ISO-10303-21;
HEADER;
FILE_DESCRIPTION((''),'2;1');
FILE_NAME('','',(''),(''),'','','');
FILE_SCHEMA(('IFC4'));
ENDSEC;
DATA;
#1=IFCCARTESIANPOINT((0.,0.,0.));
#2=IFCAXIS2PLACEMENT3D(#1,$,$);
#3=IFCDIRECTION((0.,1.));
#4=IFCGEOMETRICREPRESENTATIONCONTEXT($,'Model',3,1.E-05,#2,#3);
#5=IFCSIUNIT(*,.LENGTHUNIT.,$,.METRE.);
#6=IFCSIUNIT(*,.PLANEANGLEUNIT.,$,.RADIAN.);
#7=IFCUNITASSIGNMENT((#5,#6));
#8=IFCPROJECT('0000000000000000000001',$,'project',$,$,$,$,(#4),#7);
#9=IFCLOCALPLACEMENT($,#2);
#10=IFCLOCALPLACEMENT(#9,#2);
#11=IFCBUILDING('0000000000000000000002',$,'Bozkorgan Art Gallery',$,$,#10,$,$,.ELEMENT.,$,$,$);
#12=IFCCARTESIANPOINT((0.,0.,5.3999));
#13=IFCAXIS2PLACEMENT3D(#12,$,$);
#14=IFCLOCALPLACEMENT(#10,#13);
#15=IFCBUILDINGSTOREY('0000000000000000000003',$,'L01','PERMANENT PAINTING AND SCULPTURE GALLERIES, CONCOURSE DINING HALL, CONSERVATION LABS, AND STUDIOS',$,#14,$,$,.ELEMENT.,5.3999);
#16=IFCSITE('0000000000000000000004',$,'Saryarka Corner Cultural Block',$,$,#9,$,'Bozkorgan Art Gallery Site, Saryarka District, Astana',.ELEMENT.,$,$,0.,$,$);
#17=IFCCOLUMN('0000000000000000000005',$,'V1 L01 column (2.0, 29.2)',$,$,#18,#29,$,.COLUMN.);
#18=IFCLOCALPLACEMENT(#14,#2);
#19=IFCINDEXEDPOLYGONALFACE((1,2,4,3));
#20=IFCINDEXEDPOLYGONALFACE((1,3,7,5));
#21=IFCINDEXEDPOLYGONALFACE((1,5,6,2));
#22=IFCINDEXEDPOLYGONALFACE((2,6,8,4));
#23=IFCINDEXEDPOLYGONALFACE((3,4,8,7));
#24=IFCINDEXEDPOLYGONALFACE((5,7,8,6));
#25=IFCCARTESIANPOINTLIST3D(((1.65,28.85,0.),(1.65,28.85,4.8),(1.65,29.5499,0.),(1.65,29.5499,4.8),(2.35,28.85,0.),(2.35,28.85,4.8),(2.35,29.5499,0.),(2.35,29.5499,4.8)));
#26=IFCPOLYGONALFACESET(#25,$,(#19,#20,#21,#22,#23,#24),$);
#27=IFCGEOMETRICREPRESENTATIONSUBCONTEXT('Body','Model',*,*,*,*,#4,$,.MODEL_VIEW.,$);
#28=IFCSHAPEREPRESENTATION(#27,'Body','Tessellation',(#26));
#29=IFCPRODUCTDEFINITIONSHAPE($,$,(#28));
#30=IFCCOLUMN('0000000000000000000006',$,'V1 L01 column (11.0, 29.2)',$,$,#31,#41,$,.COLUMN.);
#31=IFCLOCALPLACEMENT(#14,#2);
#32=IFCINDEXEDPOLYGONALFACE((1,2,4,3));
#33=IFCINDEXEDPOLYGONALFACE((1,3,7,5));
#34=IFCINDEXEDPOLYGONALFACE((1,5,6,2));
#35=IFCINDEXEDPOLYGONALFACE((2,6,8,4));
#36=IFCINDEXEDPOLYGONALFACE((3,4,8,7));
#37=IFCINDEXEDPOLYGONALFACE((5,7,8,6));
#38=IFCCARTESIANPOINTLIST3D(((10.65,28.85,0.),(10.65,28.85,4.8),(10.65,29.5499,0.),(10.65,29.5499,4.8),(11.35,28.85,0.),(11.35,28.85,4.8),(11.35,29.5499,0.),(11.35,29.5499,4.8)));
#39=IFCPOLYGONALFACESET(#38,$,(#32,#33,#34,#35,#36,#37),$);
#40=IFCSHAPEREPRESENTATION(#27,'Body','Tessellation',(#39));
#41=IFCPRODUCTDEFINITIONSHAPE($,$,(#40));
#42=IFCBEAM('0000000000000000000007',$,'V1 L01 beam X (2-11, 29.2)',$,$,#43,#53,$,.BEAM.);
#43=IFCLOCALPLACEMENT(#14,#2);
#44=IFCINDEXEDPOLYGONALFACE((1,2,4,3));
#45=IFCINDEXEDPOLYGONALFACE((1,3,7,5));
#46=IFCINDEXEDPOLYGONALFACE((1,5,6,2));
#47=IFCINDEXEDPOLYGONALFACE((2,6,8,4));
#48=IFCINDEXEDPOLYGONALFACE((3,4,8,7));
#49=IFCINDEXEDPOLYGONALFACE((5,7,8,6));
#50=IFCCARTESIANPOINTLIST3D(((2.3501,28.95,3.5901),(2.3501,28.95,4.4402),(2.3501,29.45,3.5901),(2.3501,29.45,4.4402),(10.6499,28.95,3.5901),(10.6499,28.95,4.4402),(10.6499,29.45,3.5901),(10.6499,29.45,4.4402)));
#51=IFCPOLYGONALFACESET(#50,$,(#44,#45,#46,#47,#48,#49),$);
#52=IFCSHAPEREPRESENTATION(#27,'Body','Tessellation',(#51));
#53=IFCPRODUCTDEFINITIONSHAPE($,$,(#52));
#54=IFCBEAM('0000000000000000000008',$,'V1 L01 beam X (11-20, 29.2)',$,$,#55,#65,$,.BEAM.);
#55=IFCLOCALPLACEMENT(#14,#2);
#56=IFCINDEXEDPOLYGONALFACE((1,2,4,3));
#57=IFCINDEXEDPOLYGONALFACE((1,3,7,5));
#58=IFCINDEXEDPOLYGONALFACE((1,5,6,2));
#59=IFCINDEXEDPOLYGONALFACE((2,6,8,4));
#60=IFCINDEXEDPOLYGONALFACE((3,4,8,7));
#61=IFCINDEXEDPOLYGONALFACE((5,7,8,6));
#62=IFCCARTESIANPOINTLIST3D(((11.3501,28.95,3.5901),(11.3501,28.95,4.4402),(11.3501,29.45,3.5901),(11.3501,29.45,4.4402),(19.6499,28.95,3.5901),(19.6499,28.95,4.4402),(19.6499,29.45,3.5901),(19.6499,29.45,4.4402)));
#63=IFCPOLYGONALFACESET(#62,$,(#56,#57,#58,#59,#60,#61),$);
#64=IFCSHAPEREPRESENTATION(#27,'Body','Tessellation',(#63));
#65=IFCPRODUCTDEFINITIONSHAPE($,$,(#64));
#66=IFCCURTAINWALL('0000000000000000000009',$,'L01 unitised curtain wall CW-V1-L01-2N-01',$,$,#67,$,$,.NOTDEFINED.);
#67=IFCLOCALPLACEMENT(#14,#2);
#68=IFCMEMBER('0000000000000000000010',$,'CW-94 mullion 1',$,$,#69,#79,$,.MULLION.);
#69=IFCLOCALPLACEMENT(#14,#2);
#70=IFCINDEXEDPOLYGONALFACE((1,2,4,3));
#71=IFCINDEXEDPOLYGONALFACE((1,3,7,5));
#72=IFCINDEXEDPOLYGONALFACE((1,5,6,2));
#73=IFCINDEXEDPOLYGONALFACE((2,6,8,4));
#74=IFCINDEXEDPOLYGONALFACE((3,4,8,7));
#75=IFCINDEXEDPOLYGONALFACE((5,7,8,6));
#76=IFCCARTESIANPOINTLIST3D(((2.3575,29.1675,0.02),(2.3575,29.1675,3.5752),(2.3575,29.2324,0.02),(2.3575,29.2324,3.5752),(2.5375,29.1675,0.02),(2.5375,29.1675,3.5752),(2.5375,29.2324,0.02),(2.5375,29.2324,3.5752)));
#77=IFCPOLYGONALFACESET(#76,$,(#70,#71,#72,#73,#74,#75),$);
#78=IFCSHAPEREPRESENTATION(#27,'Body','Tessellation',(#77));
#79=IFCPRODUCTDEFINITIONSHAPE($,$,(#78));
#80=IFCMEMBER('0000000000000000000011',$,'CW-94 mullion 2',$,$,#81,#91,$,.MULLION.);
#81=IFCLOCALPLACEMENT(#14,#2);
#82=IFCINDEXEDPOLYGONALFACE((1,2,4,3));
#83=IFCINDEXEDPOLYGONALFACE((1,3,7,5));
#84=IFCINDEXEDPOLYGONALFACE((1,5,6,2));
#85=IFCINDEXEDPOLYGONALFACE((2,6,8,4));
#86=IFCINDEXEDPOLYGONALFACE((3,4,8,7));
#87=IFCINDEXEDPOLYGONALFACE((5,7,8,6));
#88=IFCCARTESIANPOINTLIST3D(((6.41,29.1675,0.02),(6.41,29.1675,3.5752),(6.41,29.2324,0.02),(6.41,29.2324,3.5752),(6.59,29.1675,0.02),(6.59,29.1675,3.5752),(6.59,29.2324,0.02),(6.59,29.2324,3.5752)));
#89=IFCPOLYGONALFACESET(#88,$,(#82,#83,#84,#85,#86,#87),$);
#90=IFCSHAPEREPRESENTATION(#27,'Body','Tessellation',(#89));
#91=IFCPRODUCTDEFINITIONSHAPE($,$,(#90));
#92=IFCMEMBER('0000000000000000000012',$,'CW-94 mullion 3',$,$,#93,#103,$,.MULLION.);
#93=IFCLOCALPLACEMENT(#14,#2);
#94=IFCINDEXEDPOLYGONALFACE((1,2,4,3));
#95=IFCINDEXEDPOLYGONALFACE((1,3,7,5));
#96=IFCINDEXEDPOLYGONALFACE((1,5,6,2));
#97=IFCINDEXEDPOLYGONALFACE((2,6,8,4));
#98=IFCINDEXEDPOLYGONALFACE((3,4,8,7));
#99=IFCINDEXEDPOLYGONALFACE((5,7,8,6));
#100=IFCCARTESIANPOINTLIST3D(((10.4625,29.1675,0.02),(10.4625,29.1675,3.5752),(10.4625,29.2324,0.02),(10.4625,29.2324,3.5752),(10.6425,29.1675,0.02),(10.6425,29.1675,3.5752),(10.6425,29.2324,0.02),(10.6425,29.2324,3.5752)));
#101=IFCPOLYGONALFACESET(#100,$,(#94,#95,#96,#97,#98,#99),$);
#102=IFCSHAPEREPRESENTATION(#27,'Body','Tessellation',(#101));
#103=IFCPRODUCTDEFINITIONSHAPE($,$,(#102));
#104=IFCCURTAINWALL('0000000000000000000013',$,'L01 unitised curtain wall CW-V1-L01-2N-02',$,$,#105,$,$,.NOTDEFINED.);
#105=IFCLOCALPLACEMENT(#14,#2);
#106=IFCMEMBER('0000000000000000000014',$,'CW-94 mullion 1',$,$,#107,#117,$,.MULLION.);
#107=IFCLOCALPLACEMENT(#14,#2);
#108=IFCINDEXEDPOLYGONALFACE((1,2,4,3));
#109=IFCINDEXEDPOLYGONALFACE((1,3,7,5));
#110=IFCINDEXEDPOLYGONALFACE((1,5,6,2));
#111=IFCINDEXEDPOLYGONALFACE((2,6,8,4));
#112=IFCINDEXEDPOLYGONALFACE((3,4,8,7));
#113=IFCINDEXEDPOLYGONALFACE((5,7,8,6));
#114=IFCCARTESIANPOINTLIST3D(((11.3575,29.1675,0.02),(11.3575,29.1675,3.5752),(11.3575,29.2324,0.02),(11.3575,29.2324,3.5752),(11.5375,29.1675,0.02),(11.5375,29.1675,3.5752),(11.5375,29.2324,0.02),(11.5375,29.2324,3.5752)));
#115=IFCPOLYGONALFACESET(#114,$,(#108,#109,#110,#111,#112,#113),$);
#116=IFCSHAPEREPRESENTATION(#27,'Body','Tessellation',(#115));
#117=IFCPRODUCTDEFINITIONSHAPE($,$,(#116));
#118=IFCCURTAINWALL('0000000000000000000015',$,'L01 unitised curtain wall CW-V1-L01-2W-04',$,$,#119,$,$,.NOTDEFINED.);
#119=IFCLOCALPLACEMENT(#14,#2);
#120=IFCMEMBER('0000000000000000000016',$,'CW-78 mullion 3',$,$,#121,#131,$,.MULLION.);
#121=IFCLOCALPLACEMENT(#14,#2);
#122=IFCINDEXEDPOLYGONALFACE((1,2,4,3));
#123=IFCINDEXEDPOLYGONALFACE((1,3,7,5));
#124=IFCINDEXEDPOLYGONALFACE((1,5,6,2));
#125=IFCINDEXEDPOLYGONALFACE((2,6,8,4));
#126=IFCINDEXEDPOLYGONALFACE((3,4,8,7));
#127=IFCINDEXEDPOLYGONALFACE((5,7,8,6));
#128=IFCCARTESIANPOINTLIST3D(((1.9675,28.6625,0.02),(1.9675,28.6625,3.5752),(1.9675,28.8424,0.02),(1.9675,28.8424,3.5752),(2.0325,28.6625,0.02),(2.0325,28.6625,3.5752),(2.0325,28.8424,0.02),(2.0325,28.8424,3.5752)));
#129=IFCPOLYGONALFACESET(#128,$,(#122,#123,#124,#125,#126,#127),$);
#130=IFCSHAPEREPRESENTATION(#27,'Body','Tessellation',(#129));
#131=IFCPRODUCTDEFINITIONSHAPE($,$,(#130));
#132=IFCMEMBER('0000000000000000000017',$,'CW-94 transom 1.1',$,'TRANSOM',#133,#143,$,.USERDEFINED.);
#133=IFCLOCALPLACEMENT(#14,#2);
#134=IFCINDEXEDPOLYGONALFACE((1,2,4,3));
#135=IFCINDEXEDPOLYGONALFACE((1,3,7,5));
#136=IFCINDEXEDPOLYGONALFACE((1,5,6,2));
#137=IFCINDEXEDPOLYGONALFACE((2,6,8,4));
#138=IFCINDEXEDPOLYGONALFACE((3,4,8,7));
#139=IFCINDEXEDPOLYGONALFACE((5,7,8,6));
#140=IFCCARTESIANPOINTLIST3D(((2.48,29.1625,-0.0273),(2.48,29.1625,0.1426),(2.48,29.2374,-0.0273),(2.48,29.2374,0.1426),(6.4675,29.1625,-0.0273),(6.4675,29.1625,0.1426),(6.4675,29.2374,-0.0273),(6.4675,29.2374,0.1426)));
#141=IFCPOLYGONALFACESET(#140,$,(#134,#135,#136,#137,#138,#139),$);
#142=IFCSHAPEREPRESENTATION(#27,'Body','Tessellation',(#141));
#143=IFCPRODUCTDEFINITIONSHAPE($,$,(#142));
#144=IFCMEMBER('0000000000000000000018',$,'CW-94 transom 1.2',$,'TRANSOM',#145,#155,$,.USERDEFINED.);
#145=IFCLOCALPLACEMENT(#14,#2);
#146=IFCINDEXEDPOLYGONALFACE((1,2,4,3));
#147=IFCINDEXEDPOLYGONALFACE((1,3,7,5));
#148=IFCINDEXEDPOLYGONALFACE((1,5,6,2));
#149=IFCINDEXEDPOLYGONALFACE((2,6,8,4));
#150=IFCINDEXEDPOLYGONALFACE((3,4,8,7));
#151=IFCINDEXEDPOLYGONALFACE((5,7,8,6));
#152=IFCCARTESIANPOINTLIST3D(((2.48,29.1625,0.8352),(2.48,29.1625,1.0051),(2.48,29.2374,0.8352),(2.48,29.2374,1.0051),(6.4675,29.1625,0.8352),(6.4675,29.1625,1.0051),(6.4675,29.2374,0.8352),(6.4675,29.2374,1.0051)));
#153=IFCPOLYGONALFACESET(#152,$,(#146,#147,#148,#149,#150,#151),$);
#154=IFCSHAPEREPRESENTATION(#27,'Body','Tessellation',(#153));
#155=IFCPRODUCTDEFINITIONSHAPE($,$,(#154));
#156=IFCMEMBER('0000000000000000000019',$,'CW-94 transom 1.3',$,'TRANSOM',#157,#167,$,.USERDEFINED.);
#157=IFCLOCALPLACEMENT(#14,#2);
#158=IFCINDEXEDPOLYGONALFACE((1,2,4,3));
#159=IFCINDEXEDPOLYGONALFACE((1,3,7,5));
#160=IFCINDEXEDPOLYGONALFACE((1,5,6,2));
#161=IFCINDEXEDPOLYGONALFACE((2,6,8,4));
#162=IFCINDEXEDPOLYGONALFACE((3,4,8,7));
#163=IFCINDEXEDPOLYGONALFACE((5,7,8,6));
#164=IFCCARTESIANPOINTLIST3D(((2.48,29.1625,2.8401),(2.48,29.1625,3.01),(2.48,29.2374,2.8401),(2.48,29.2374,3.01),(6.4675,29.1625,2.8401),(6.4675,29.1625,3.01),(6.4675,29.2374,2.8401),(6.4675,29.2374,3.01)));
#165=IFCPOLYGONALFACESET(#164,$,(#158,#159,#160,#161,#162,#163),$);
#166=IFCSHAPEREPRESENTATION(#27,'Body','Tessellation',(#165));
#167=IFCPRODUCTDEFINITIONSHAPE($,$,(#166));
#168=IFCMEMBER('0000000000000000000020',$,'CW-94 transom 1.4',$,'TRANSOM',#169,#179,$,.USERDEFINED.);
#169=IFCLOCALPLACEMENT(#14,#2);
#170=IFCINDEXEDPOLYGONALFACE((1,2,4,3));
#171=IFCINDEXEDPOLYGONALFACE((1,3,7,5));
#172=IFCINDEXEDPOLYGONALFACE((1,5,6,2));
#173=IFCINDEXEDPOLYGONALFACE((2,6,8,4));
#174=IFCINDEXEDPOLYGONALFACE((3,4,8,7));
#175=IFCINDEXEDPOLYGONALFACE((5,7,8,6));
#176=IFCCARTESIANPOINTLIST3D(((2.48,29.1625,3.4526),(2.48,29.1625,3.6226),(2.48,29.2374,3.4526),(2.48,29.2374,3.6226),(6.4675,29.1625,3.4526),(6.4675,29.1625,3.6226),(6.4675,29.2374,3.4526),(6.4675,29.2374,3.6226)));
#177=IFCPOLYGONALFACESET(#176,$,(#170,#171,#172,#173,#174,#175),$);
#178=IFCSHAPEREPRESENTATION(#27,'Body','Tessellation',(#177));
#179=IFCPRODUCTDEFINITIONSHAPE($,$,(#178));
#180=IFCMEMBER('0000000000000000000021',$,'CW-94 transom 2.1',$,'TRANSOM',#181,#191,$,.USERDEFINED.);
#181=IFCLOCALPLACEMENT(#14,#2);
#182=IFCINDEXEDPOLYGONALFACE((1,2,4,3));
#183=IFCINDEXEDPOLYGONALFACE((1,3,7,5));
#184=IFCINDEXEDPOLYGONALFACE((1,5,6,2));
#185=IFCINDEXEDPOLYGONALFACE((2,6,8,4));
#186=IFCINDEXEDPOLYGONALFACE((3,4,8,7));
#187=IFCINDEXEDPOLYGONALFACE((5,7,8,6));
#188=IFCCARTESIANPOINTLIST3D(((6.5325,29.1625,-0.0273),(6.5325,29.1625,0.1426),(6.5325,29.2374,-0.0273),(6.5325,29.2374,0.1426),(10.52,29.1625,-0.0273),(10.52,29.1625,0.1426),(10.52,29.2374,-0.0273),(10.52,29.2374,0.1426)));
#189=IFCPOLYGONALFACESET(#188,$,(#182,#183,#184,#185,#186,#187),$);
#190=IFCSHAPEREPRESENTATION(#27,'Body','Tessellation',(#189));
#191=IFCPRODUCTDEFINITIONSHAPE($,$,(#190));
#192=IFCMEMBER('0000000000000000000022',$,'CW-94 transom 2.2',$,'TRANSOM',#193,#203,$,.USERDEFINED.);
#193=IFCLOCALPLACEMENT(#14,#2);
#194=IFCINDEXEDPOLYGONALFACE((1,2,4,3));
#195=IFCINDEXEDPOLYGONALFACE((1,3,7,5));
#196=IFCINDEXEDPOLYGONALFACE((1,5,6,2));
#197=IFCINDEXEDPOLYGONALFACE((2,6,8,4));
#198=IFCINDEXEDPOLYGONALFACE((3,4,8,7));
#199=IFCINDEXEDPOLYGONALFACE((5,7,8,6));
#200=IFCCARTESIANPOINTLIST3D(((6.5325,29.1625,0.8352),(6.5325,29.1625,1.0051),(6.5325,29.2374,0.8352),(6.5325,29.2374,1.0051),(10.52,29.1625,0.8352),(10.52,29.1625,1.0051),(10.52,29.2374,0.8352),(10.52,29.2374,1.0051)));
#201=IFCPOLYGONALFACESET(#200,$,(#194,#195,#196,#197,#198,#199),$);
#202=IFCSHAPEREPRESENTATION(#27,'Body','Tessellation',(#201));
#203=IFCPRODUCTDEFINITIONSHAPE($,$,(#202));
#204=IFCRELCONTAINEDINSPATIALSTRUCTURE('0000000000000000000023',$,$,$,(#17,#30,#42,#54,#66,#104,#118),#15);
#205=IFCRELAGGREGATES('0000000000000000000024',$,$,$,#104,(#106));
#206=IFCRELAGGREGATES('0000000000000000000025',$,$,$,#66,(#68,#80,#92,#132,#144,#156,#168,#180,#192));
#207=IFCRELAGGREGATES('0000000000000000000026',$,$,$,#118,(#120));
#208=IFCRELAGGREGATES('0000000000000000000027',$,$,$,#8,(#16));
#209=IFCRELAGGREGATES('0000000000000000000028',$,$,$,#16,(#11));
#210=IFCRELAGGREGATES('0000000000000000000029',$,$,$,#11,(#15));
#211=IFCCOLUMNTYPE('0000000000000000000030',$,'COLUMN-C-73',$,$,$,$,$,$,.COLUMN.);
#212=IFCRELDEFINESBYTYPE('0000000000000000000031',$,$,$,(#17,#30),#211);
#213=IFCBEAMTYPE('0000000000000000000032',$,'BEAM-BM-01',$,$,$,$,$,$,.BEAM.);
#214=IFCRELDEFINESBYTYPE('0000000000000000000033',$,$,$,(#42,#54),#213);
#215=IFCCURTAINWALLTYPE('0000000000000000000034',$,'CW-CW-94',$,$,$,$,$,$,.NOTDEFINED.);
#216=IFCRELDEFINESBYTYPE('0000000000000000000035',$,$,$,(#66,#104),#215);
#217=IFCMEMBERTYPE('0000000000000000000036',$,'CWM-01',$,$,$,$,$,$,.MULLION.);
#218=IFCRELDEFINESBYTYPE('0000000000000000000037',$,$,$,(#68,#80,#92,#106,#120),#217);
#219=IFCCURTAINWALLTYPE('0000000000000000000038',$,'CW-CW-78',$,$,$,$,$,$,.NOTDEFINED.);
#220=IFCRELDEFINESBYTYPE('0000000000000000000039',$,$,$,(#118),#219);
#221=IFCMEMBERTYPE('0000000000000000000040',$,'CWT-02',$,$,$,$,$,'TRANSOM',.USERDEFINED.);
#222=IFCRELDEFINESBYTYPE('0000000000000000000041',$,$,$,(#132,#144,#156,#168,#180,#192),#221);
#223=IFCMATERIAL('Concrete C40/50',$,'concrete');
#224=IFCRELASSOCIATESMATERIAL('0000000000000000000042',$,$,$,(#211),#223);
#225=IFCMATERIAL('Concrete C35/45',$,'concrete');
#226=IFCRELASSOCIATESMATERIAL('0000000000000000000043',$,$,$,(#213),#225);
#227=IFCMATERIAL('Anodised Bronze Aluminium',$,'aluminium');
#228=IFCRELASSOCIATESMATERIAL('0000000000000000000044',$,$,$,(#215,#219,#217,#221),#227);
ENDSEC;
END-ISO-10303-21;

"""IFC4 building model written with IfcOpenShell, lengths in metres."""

from ifc_helpers import new_model, si_unit, direction, frame, origin, origin_2d, place, context, subcontext, project, spatial, rectangle, extrude, material, material_profile, profile_set, type_object, element, aggregate, save


model = new_model("IFC4")

# Units and contexts
model_context = context("Model", 3, precision=1e-05, world=origin(), true_north=direction((0.0, 1.0)))
body_context = subcontext(model_context, "Body", "Model", "MODEL_VIEW")
ifc_project = project(units=[si_unit("LENGTHUNIT", "METRE"), si_unit("PLANEANGLEUNIT", "RADIAN")], contexts=[model_context])

# Site, building, storey
site_placement = place(None, origin())
site = spatial("IfcSite", under=ifc_project, at=site_placement, Name="Saryarka Corner Cultural Block", LongName="Bozkorgan Art Gallery Site, Saryarka District, Astana", CompositionType="ELEMENT", RefElevation=0.0)
building_placement = place(site_placement, origin())
building = spatial("IfcBuilding", under=site, at=building_placement, Name="Bozkorgan Art Gallery", CompositionType="ELEMENT")
storey_placement = place(building_placement, frame((0.0, 0.0, 5.3999)))
storey = spatial("IfcBuildingStorey", under=building, at=storey_placement, Name="L01", Description="PERMANENT PAINTING AND SCULPTURE GALLERIES, CONCOURSE DINING HALL, CONSERVATION LABS, AND STUDIOS", CompositionType="ELEMENT", Elevation=5.3999)

# Columns
ifc_material_1 = material(Name="Concrete C40/50", Category="concrete")
ifc_material_profile_1 = material_profile(ifc_material_1, rectangle(XDim=0.7, YDim=0.7, at=origin_2d()), Name="RC 700x700")
ifc_profile_set_1 = profile_set([ifc_material_profile_1], Name="Concrete C40/50")
column_type = type_object("IfcColumnType", Name="COLUMN-C-73", PredefinedType="COLUMN", material=ifc_profile_set_1)
for number, where, z_axis, x_axis, name in (
    (1, (2.0, 29.2, 0.0), (0.0, 0.0, 1.0), (1.0, 0.0, 0.0), "V1 L01 column (2.0, 29.2)"),
    (2, (11.0, 29.2, 0.0), (0.0, 0.0, 1.0), (1.0, 0.0, 0.0), "V1 L01 column (11.0, 29.2)"),
):
    element("IfcColumn", number, at=place(storey_placement, frame(where, z_axis=z_axis, x_axis=x_axis)), inside=storey, type_object=column_type, Name=name, PredefinedType="COLUMN", context=body_context, shape_type="SweptSolid", body=[
        extrude(rectangle(XDim=0.7, YDim=0.7, at=origin_2d()), origin(), (0.0, 0.0, 1.0), 4.8),
    ])

# Beams
ifc_material_2 = material(Name="Concrete C35/45", Category="concrete")
ifc_material_profile_2 = material_profile(ifc_material_2, rectangle(XDim=0.5, YDim=0.8501, at=origin_2d()), Name="RC 500x850")
ifc_profile_set_2 = profile_set([ifc_material_profile_2], Name="Concrete C35/45")
beam_type = type_object("IfcBeamType", Name="BEAM-BM-01", PredefinedType="BEAM", material=ifc_profile_set_2)
for number, where, z_axis, x_axis, name in (
    (3, (2.3501, 29.2, 4.0151), (1.0, 0.0, 0.0), (0.0, 1.0, 0.0), "V1 L01 beam X (2-11, 29.2)"),
    (4, (11.3501, 29.2, 4.0151), (1.0, 0.0, 0.0), (0.0, 1.0, 0.0), "V1 L01 beam X (11-20, 29.2)"),
):
    element("IfcBeam", number, at=place(storey_placement, frame(where, z_axis=z_axis, x_axis=x_axis)), inside=storey, type_object=beam_type, Name=name, PredefinedType="BEAM", context=body_context, shape_type="SweptSolid", body=[
        extrude(rectangle(XDim=0.5, YDim=0.8501, at=origin_2d()), origin(), (0.0, 0.0, 1.0), 8.2998),
    ])

# Curtain wall, members
ifc_material_3 = material(Name="Anodised Bronze Aluminium", Category="aluminium")
curtain_wall_type_1 = type_object("IfcCurtainWallType", Name="CW-CW-94", PredefinedType="NOTDEFINED", material=ifc_material_3)
curtain_wall_1_placement = place(storey_placement, origin())
curtain_wall_1 = element("IfcCurtainWall", 5, at=curtain_wall_1_placement, inside=storey, type_object=curtain_wall_type_1, Name="L01 unitised curtain wall CW-V1-L01-2N-01", PredefinedType="NOTDEFINED")
ifc_material_profile_3 = material_profile(ifc_material_3, rectangle(XDim=0.0649, YDim=0.1799, at=origin_2d()), Name="ALU MULLION 65x180")
ifc_profile_set_3 = profile_set([ifc_material_profile_3], Name="Anodised Bronze Aluminium")
member_type_1 = type_object("IfcMemberType", Name="CWM-01", PredefinedType="MULLION", material=ifc_profile_set_3)
member_1_placement = place(storey_placement, frame((2.4475, 29.2, 0.02), z_axis=(0.0, 0.0, 1.0), x_axis=(0.0, 1.0, 0.0)))
member_1 = element("IfcMember", 6, at=member_1_placement, type_object=member_type_1, Name="CW-94 mullion 1", PredefinedType="MULLION", context=body_context, shape_type="SweptSolid", body=[
    extrude(rectangle(XDim=0.0649, YDim=0.1799, at=origin_2d()), origin(), (0.0, 0.0, 1.0), 3.5552),
])
member_2_placement = place(storey_placement, frame((6.5, 29.2, 0.02), z_axis=(0.0, 0.0, 1.0), x_axis=(0.0, 1.0, 0.0)))
member_2 = element("IfcMember", 7, at=member_2_placement, type_object=member_type_1, Name="CW-94 mullion 2", PredefinedType="MULLION", context=body_context, shape_type="SweptSolid", body=[
    extrude(rectangle(XDim=0.0649, YDim=0.1799, at=origin_2d()), origin(), (0.0, 0.0, 1.0), 3.5552),
])
member_3_placement = place(storey_placement, frame((10.5525, 29.2, 0.02), z_axis=(0.0, 0.0, 1.0), x_axis=(0.0, 1.0, 0.0)))
member_3 = element("IfcMember", 8, at=member_3_placement, type_object=member_type_1, Name="CW-94 mullion 3", PredefinedType="MULLION", context=body_context, shape_type="SweptSolid", body=[
    extrude(rectangle(XDim=0.0649, YDim=0.1799, at=origin_2d()), origin(), (0.0, 0.0, 1.0), 3.5552),
])

# Curtain walls, members
curtain_wall_2_placement = place(storey_placement, origin())
curtain_wall_2 = element("IfcCurtainWall", 9, at=curtain_wall_2_placement, inside=storey, type_object=curtain_wall_type_1, Name="L01 unitised curtain wall CW-V1-L01-2N-02", PredefinedType="NOTDEFINED")
member_4_placement = place(storey_placement, frame((11.4475, 29.2, 0.02), z_axis=(0.0, 0.0, 1.0), x_axis=(0.0, 1.0, 0.0)))
member_4 = element("IfcMember", 10, at=member_4_placement, type_object=member_type_1, Name="CW-94 mullion 1", PredefinedType="MULLION", context=body_context, shape_type="SweptSolid", body=[
    extrude(rectangle(XDim=0.0649, YDim=0.1799, at=origin_2d()), origin(), (0.0, 0.0, 1.0), 3.5552),
])
curtain_wall_type_2 = type_object("IfcCurtainWallType", Name="CW-CW-78", PredefinedType="NOTDEFINED", material=ifc_material_3)
curtain_wall_3_placement = place(storey_placement, origin())
curtain_wall_3 = element("IfcCurtainWall", 11, at=curtain_wall_3_placement, inside=storey, type_object=curtain_wall_type_2, Name="L01 unitised curtain wall CW-V1-L01-2W-04", PredefinedType="NOTDEFINED")
member_5_placement = place(storey_placement, frame((2.0, 28.7524, 0.02), z_axis=(0.0, 0.0, 1.0), x_axis=(-1.0, 0.0, 0.0)))
member_5 = element("IfcMember", 12, at=member_5_placement, type_object=member_type_1, Name="CW-78 mullion 3", PredefinedType="MULLION", context=body_context, shape_type="SweptSolid", body=[
    extrude(rectangle(XDim=0.0649, YDim=0.1799, at=origin_2d()), origin(), (0.0, 0.0, 1.0), 3.5552),
])

# Members
ifc_material_profile_4 = material_profile(ifc_material_3, rectangle(XDim=0.075, YDim=0.1699, at=origin_2d()), Name="ALU TRANSOM 75x170")
ifc_profile_set_4 = profile_set([ifc_material_profile_4], Name="Anodised Bronze Aluminium")
member_type_2 = type_object("IfcMemberType", Name="CWT-02", ElementType="TRANSOM", PredefinedType="USERDEFINED", material=ifc_profile_set_4)
member_6_placement = place(storey_placement, frame((2.48, 29.2, 0.0576), z_axis=(1.0, 0.0, 0.0), x_axis=(0.0, 1.0, 0.0)))
member_6 = element("IfcMember", 13, at=member_6_placement, type_object=member_type_2, Name="CW-94 transom 1.1", ObjectType="TRANSOM", PredefinedType="USERDEFINED", context=body_context, shape_type="SweptSolid", body=[
    extrude(rectangle(XDim=0.075, YDim=0.1699, at=origin_2d()), origin(), (0.0, 0.0, 1.0), 3.9875),
])
member_7_placement = place(storey_placement, frame((2.48, 29.2, 0.9202), z_axis=(1.0, 0.0, 0.0), x_axis=(0.0, 1.0, 0.0)))
member_7 = element("IfcMember", 14, at=member_7_placement, type_object=member_type_2, Name="CW-94 transom 1.2", ObjectType="TRANSOM", PredefinedType="USERDEFINED", context=body_context, shape_type="SweptSolid", body=[
    extrude(rectangle(XDim=0.075, YDim=0.1699, at=origin_2d()), origin(), (0.0, 0.0, 1.0), 3.9875),
])
member_8_placement = place(storey_placement, frame((2.48, 29.2, 2.925), z_axis=(1.0, 0.0, 0.0), x_axis=(0.0, 1.0, 0.0)))
member_8 = element("IfcMember", 15, at=member_8_placement, type_object=member_type_2, Name="CW-94 transom 1.3", ObjectType="TRANSOM", PredefinedType="USERDEFINED", context=body_context, shape_type="SweptSolid", body=[
    extrude(rectangle(XDim=0.075, YDim=0.1699, at=origin_2d()), origin(), (0.0, 0.0, 1.0), 3.9875),
])
member_9_placement = place(storey_placement, frame((2.48, 29.2, 3.5376), z_axis=(1.0, 0.0, 0.0), x_axis=(0.0, 1.0, 0.0)))
member_9 = element("IfcMember", 16, at=member_9_placement, type_object=member_type_2, Name="CW-94 transom 1.4", ObjectType="TRANSOM", PredefinedType="USERDEFINED", context=body_context, shape_type="SweptSolid", body=[
    extrude(rectangle(XDim=0.075, YDim=0.1699, at=origin_2d()), origin(), (0.0, 0.0, 1.0), 3.9875),
])
member_10_placement = place(storey_placement, frame((6.5325, 29.2, 0.0576), z_axis=(1.0, 0.0, 0.0), x_axis=(0.0, 1.0, 0.0)))
member_10 = element("IfcMember", 17, at=member_10_placement, type_object=member_type_2, Name="CW-94 transom 2.1", ObjectType="TRANSOM", PredefinedType="USERDEFINED", context=body_context, shape_type="SweptSolid", body=[
    extrude(rectangle(XDim=0.075, YDim=0.1699, at=origin_2d()), origin(), (0.0, 0.0, 1.0), 3.9875),
])
member_11_placement = place(storey_placement, frame((6.5325, 29.2, 0.9202), z_axis=(1.0, 0.0, 0.0), x_axis=(0.0, 1.0, 0.0)))
member_11 = element("IfcMember", 18, at=member_11_placement, type_object=member_type_2, Name="CW-94 transom 2.2", ObjectType="TRANSOM", PredefinedType="USERDEFINED", context=body_context, shape_type="SweptSolid", body=[
    extrude(rectangle(XDim=0.075, YDim=0.1699, at=origin_2d()), origin(), (0.0, 0.0, 1.0), 3.9875),
])
aggregate(curtain_wall_2, [member_4])

aggregate(curtain_wall_1, [member_1, member_2, member_3, member_6, member_7, member_8, member_9, member_10, member_11])
aggregate(curtain_wall_3, [member_5])

save(model, "model.ifc")
